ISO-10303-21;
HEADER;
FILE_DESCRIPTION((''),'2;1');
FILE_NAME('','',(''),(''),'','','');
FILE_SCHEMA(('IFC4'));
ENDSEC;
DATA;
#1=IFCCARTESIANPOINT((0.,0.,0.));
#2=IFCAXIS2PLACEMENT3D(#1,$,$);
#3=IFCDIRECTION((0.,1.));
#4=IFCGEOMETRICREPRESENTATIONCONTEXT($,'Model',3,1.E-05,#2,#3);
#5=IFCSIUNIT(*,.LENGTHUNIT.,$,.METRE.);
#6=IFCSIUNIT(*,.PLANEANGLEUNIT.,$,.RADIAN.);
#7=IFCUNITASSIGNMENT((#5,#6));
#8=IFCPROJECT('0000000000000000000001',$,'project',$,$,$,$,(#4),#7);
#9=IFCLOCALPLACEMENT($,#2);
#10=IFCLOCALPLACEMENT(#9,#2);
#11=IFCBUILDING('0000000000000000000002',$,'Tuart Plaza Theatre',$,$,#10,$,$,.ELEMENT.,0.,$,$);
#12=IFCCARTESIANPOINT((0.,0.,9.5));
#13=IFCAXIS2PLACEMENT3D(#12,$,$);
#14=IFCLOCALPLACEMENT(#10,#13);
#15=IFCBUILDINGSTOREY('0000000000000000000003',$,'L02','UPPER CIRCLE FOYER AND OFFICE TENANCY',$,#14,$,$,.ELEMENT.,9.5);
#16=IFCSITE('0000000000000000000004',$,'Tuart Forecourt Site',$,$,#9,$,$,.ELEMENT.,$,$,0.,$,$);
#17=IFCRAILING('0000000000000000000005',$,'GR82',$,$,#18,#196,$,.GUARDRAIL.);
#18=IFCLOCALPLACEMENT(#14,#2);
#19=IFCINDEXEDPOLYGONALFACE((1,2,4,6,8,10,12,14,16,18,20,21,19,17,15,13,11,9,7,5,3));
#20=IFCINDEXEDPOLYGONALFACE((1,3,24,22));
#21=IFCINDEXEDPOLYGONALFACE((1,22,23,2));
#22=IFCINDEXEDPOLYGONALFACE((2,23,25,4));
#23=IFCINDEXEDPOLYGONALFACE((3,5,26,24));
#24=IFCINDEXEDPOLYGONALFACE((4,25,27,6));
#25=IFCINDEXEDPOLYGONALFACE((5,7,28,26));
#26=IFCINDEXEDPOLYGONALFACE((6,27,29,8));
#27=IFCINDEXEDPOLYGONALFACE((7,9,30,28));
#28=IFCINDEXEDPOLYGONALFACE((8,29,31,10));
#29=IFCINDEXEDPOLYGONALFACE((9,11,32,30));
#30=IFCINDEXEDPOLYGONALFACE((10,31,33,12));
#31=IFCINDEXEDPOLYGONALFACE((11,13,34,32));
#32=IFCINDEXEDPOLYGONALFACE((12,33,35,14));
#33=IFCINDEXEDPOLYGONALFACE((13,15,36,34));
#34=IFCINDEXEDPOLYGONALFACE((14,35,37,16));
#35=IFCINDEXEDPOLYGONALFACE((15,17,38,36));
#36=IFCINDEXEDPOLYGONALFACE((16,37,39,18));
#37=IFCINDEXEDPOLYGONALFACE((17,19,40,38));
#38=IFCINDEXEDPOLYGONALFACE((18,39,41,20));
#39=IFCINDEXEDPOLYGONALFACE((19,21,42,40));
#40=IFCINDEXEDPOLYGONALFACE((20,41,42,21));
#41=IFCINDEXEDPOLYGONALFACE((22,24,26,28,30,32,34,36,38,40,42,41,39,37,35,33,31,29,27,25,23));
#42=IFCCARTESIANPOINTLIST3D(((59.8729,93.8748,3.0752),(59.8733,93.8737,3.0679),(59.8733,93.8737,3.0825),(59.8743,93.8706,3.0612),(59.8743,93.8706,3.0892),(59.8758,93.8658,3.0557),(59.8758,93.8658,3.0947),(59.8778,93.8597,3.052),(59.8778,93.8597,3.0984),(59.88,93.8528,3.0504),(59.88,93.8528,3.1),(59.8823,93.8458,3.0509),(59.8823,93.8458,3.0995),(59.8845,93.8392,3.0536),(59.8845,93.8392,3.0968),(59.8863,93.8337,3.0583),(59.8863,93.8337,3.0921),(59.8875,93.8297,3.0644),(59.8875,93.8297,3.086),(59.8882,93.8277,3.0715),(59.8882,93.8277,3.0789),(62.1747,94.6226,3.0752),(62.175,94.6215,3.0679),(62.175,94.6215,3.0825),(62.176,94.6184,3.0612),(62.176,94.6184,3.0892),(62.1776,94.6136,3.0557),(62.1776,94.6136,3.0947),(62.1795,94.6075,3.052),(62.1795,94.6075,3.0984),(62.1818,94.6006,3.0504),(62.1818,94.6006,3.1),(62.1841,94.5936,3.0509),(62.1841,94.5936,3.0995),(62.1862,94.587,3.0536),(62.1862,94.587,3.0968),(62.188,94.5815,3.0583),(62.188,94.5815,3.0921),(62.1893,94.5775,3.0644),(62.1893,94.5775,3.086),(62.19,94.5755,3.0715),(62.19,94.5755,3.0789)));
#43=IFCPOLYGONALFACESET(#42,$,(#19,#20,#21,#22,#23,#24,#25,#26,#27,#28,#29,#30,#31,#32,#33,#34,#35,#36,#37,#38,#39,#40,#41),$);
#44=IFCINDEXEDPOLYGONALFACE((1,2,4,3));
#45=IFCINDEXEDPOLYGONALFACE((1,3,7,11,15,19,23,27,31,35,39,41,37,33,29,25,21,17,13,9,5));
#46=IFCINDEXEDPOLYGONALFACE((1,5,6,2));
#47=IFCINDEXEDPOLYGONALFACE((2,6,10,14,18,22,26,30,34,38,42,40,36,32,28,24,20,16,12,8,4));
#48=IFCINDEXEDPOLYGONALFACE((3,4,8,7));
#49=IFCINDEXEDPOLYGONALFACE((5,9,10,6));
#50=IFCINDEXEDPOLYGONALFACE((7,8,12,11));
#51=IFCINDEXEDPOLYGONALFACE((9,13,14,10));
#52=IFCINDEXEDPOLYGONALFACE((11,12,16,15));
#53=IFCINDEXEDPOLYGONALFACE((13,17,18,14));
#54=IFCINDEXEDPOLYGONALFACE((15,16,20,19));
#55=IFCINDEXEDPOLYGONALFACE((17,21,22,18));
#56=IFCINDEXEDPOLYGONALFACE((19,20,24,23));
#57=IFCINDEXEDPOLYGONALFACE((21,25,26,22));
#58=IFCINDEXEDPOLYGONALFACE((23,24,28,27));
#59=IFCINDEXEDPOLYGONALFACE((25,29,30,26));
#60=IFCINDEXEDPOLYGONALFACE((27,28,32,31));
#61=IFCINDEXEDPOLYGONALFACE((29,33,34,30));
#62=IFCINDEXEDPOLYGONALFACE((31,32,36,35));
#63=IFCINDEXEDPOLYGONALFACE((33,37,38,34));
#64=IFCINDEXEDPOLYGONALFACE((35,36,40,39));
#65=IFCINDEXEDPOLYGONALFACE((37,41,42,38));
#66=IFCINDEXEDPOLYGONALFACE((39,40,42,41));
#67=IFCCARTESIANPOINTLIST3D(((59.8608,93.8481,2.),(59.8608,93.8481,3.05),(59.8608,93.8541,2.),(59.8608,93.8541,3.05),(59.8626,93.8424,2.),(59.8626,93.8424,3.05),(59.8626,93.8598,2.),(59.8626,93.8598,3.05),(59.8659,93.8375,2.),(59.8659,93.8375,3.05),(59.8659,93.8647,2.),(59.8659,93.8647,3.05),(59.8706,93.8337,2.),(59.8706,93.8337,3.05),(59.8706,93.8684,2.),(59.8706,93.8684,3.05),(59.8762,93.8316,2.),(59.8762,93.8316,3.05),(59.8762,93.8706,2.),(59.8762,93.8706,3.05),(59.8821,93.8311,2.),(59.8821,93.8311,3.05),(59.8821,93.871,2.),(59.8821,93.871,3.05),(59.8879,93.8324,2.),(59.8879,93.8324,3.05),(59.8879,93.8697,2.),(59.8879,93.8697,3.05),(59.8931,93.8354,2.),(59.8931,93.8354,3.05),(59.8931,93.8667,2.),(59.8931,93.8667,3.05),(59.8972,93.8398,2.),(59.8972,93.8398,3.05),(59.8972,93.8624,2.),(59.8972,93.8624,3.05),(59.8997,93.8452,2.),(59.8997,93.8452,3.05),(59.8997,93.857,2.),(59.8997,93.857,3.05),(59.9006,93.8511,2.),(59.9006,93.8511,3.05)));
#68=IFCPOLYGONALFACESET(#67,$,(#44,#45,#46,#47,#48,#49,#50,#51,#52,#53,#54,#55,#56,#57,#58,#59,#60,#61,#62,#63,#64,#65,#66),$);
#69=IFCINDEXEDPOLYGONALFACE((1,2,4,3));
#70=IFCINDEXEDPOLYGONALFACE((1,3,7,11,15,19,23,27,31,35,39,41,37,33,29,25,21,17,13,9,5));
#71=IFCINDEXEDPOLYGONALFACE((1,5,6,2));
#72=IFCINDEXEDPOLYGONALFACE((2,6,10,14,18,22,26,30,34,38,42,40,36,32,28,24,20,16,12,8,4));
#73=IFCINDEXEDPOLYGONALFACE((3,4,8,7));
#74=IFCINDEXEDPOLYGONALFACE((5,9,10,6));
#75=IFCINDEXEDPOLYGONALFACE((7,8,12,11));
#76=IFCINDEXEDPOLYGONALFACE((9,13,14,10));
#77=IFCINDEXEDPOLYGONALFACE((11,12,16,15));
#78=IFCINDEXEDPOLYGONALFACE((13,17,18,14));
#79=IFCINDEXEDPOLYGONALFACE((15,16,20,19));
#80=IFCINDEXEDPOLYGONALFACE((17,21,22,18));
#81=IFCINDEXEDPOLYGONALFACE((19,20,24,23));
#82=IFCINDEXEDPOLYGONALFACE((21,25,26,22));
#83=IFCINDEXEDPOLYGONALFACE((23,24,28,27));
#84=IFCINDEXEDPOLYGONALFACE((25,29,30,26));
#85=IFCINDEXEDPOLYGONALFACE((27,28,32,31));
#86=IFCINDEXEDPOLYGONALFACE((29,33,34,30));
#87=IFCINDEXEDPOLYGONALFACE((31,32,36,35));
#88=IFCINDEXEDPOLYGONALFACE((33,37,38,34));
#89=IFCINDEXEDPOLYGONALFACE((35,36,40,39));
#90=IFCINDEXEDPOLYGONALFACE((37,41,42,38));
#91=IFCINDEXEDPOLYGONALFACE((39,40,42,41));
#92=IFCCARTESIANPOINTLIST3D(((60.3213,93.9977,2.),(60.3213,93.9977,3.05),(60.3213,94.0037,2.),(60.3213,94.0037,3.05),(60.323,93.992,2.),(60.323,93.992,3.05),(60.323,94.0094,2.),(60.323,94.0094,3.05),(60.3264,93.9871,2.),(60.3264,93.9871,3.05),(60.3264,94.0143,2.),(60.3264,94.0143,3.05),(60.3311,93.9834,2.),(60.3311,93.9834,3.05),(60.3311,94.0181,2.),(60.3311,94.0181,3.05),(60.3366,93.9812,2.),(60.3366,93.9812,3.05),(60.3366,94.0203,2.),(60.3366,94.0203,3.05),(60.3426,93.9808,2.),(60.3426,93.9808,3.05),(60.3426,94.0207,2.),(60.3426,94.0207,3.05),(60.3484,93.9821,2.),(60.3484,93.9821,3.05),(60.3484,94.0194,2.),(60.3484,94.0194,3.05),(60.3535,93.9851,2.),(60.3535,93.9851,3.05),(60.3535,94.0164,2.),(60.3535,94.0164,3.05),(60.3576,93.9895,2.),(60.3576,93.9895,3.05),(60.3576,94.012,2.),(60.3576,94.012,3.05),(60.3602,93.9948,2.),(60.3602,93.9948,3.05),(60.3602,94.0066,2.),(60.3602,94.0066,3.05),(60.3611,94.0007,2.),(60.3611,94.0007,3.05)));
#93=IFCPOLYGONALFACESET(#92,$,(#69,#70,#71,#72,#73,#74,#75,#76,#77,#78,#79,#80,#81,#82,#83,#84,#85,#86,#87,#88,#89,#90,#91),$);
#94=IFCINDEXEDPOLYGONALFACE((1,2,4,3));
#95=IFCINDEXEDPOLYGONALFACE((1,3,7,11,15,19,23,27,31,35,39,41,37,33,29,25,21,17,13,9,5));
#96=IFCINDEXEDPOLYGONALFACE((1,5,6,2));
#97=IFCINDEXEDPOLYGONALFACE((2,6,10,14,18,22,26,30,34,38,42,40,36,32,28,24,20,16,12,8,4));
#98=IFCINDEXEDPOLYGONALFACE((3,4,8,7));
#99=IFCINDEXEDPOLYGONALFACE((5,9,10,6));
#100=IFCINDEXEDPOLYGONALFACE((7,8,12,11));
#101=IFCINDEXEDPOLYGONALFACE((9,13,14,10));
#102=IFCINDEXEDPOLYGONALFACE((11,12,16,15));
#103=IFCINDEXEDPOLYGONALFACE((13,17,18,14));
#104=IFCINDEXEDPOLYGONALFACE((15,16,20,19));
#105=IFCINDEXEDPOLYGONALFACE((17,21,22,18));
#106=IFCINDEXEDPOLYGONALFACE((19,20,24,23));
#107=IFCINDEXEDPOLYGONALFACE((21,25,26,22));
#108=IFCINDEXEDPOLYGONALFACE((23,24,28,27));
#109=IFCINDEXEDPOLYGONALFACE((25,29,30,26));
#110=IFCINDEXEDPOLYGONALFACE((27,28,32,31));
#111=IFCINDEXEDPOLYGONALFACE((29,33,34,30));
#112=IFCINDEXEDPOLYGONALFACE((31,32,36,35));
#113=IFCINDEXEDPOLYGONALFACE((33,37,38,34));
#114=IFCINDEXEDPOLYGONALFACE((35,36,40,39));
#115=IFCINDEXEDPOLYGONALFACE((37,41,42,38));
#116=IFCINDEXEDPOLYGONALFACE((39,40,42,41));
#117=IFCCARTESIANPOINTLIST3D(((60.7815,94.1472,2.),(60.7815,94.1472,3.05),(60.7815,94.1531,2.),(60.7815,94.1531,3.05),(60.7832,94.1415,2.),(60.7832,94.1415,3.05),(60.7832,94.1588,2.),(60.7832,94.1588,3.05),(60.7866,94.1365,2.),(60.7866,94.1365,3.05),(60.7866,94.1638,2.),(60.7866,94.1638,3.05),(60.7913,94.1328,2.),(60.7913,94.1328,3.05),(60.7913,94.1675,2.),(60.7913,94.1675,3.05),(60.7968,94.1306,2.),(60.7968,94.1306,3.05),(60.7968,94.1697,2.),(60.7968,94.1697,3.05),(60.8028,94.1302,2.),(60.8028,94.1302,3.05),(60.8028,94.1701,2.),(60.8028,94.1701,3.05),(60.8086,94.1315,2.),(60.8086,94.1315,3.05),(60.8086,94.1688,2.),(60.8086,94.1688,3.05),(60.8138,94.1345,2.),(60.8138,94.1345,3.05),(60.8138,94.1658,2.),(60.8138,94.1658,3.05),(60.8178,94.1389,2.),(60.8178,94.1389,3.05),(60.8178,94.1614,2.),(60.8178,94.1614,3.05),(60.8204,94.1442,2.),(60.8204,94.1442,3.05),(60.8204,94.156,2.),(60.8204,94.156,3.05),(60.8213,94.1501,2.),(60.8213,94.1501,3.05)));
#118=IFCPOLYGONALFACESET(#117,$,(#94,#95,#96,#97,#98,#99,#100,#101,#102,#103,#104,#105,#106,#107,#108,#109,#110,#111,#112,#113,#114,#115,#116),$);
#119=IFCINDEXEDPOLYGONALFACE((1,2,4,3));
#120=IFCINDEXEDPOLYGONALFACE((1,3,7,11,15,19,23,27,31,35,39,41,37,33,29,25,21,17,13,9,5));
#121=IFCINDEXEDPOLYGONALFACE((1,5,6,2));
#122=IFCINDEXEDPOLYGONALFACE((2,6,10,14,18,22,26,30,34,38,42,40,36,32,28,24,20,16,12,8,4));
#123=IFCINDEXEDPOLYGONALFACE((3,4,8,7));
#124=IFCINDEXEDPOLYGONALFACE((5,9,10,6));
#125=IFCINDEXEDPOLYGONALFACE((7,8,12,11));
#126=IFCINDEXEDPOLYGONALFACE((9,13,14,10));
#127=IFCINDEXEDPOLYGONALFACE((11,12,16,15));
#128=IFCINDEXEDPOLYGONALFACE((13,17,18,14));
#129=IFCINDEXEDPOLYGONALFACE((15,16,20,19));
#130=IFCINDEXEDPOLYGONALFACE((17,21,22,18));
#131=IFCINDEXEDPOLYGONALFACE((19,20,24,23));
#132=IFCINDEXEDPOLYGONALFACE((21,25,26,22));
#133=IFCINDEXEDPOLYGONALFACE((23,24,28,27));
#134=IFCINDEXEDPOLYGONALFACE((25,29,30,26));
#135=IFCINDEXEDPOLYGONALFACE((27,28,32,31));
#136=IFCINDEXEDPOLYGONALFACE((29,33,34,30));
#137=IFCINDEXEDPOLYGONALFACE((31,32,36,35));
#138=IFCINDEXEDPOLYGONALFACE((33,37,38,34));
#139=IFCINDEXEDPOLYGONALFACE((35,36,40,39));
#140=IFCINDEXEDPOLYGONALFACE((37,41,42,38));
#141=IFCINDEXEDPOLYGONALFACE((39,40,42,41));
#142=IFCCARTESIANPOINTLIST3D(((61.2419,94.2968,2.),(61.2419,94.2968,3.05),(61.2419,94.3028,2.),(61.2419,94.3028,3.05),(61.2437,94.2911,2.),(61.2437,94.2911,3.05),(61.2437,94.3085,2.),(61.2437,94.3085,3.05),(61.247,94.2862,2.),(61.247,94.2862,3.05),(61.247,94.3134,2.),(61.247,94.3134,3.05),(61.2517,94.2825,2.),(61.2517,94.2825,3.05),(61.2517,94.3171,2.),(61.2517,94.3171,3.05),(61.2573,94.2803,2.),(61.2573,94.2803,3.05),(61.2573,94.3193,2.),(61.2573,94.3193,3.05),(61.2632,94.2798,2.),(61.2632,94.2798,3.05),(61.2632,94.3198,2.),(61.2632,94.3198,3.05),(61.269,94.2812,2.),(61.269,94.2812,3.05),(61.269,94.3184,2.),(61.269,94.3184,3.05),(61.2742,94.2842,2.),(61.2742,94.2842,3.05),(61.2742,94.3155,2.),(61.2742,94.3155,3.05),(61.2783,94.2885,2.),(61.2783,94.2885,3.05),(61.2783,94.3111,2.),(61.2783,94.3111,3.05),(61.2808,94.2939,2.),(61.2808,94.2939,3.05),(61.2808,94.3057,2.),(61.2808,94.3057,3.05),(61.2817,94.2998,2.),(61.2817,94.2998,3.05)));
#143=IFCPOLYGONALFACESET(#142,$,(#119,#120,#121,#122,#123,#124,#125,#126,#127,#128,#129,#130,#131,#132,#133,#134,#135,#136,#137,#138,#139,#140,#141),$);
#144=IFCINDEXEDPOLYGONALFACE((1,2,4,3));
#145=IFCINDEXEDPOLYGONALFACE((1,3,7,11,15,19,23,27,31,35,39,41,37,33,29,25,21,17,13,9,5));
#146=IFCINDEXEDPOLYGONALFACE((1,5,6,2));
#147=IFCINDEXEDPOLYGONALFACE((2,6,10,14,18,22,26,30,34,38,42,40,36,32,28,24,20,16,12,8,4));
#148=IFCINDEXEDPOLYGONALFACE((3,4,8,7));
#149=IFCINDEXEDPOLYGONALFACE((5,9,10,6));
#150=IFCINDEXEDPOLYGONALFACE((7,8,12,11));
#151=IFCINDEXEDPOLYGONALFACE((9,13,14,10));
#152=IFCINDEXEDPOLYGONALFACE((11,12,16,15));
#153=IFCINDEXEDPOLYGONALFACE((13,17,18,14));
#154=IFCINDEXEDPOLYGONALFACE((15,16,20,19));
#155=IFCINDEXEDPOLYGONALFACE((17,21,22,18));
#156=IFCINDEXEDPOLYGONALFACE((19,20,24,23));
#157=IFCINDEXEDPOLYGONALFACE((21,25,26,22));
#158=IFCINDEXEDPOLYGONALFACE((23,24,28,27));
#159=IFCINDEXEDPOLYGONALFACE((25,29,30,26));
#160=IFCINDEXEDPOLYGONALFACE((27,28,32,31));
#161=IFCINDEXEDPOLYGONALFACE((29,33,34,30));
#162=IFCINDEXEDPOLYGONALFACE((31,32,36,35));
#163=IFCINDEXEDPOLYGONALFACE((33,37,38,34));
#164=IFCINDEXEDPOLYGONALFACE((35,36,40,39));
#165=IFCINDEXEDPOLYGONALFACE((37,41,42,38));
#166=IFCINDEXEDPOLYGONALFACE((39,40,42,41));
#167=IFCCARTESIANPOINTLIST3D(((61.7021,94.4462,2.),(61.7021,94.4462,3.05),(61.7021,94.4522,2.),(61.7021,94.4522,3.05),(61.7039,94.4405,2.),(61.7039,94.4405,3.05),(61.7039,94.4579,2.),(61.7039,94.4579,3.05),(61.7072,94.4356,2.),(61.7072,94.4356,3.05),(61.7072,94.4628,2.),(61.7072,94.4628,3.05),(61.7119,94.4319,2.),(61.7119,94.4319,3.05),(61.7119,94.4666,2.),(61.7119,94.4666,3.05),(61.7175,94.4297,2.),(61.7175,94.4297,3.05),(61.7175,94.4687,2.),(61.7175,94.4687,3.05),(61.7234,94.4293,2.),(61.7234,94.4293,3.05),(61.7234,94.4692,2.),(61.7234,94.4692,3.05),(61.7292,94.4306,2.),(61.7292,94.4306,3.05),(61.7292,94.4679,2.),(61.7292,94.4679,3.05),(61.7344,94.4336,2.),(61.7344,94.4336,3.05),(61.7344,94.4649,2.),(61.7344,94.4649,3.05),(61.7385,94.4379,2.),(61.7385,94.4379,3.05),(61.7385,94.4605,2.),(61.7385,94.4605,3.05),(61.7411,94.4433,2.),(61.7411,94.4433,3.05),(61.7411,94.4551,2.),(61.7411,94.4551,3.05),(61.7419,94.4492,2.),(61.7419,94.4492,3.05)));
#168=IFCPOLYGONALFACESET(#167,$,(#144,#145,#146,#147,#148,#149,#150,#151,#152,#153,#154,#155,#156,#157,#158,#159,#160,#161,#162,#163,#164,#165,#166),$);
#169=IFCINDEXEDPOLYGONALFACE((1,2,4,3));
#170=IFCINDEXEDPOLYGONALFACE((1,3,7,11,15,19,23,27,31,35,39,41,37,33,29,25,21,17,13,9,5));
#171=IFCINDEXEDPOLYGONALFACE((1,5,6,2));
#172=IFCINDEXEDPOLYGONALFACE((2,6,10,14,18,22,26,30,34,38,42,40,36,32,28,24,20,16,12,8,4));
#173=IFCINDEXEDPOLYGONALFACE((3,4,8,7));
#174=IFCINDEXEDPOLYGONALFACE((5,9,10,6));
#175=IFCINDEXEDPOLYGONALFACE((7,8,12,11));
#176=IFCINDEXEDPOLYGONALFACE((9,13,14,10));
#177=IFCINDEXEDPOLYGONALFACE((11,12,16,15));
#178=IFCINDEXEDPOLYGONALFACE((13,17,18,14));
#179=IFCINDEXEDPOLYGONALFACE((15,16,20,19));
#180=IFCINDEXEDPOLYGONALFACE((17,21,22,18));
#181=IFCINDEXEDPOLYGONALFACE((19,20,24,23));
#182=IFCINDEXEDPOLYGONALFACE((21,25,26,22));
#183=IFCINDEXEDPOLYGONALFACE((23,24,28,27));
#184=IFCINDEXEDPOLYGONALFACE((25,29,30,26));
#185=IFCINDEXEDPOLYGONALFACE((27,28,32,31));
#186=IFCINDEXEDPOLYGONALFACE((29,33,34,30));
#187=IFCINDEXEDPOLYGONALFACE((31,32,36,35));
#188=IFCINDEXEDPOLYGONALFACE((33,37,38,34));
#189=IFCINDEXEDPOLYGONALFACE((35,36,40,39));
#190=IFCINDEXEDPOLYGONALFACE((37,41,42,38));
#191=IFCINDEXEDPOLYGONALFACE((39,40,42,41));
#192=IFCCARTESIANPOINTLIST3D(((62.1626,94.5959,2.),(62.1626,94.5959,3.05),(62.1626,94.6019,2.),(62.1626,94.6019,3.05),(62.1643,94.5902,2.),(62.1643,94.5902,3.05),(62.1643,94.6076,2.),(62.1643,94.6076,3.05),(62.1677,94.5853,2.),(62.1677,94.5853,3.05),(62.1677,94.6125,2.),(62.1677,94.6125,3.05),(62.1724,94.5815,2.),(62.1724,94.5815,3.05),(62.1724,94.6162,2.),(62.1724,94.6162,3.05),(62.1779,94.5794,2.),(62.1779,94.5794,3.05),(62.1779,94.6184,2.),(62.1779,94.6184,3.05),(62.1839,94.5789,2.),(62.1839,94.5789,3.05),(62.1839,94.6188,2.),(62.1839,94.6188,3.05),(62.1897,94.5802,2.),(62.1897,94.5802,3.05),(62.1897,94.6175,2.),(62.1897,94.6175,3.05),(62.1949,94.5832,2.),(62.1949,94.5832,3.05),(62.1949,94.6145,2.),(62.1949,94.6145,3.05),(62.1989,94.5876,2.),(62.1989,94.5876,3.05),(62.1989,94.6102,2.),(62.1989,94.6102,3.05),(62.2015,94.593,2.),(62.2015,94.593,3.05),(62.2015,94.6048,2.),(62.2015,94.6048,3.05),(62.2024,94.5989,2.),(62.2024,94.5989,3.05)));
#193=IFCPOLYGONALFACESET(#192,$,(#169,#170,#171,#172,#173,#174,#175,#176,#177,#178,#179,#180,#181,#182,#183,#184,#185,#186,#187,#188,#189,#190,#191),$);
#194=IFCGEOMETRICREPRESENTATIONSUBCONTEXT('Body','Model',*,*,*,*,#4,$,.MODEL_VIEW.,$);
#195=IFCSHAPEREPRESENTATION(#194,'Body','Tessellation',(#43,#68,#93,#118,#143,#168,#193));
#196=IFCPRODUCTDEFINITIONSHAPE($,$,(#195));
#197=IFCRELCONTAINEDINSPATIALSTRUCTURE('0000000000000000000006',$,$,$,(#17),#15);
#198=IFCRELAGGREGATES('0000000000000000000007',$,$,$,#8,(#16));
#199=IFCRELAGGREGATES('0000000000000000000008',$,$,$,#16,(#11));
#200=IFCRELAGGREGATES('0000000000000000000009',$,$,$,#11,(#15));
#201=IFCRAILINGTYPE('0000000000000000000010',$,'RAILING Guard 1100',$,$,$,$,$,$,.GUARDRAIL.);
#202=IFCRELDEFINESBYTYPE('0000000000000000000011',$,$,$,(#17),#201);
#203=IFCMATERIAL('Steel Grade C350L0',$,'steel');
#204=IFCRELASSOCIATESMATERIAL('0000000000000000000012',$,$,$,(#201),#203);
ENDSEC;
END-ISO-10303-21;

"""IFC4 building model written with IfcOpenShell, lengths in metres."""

from ifc_helpers import new_model, si_unit, direction, frame, origin, origin_2d, place, context, subcontext, project, spatial, circle, extrude, material, type_object, element, save


model = new_model("IFC4")

# Units and contexts
model_context = context("Model", 3, precision=1e-05, world=origin(), true_north=direction((0.0, 1.0)))
body_context = subcontext(model_context, "Body", "Model", "MODEL_VIEW")
ifc_project = project(units=[si_unit("LENGTHUNIT", "METRE"), si_unit("PLANEANGLEUNIT", "RADIAN")], contexts=[model_context])

# Site, building, storey
site_placement = place(None, origin())
site = spatial("IfcSite", under=ifc_project, at=site_placement, Name="Tuart Forecourt Site", CompositionType="ELEMENT", RefElevation=0.0)
building_placement = place(site_placement, origin())
building = spatial("IfcBuilding", under=site, at=building_placement, Name="Tuart Plaza Theatre", CompositionType="ELEMENT", ElevationOfRefHeight=0.0)
storey_placement = place(building_placement, frame((0.0, 0.0, 9.5)))
storey = spatial("IfcBuildingStorey", under=building, at=storey_placement, Name="L02", Description="UPPER CIRCLE FOYER AND OFFICE TENANCY", CompositionType="ELEMENT", Elevation=9.5)

# Railing
ifc_material_1 = material(Name="Steel Grade C350L0", Category="steel")
railing_type_1 = type_object("IfcRailingType", Name="RAILING Guard 1100", PredefinedType="GUARDRAIL", material=ifc_material_1)
railing_1_placement = place(storey_placement, frame((59.8806, 93.8511, 2.0)))
element("IfcRailing", 1, at=railing_1_placement, inside=storey, type_object=railing_type_1, Name="GR82", PredefinedType="GUARDRAIL", context=body_context, shape_type="SweptSolid", body=[
    extrude(circle(Radius=0.0249, at=origin_2d()), frame((0.0, 0.0, 1.0752), z_axis=(0.951067, 0.308986, 0.0), x_axis=(-0.308986, 0.951067, 0.0)), (0.0, 0.0, 1.0), 2.4202),
    extrude(circle(Radius=0.02, at=origin_2d()), origin(), (0.0, 0.0, 1.0), 1.05),
    extrude(circle(Radius=0.02, at=origin_2d()), frame((0.4604, 0.1497, 0.0)), (0.0, 0.0, 1.0), 1.05),
    extrude(circle(Radius=0.02, at=origin_2d()), frame((0.9207, 0.2991, 0.0)), (0.0, 0.0, 1.0), 1.05),
    extrude(circle(Radius=0.02, at=origin_2d()), frame((1.3811, 0.4487, 0.0)), (0.0, 0.0, 1.0), 1.05),
    extrude(circle(Radius=0.02, at=origin_2d()), frame((1.8413, 0.5981, 0.0)), (0.0, 0.0, 1.0), 1.05),
    extrude(circle(Radius=0.02, at=origin_2d()), frame((2.3018, 0.7478, 0.0)), (0.0, 0.0, 1.0), 1.05),
])

save(model, "model.ifc")
